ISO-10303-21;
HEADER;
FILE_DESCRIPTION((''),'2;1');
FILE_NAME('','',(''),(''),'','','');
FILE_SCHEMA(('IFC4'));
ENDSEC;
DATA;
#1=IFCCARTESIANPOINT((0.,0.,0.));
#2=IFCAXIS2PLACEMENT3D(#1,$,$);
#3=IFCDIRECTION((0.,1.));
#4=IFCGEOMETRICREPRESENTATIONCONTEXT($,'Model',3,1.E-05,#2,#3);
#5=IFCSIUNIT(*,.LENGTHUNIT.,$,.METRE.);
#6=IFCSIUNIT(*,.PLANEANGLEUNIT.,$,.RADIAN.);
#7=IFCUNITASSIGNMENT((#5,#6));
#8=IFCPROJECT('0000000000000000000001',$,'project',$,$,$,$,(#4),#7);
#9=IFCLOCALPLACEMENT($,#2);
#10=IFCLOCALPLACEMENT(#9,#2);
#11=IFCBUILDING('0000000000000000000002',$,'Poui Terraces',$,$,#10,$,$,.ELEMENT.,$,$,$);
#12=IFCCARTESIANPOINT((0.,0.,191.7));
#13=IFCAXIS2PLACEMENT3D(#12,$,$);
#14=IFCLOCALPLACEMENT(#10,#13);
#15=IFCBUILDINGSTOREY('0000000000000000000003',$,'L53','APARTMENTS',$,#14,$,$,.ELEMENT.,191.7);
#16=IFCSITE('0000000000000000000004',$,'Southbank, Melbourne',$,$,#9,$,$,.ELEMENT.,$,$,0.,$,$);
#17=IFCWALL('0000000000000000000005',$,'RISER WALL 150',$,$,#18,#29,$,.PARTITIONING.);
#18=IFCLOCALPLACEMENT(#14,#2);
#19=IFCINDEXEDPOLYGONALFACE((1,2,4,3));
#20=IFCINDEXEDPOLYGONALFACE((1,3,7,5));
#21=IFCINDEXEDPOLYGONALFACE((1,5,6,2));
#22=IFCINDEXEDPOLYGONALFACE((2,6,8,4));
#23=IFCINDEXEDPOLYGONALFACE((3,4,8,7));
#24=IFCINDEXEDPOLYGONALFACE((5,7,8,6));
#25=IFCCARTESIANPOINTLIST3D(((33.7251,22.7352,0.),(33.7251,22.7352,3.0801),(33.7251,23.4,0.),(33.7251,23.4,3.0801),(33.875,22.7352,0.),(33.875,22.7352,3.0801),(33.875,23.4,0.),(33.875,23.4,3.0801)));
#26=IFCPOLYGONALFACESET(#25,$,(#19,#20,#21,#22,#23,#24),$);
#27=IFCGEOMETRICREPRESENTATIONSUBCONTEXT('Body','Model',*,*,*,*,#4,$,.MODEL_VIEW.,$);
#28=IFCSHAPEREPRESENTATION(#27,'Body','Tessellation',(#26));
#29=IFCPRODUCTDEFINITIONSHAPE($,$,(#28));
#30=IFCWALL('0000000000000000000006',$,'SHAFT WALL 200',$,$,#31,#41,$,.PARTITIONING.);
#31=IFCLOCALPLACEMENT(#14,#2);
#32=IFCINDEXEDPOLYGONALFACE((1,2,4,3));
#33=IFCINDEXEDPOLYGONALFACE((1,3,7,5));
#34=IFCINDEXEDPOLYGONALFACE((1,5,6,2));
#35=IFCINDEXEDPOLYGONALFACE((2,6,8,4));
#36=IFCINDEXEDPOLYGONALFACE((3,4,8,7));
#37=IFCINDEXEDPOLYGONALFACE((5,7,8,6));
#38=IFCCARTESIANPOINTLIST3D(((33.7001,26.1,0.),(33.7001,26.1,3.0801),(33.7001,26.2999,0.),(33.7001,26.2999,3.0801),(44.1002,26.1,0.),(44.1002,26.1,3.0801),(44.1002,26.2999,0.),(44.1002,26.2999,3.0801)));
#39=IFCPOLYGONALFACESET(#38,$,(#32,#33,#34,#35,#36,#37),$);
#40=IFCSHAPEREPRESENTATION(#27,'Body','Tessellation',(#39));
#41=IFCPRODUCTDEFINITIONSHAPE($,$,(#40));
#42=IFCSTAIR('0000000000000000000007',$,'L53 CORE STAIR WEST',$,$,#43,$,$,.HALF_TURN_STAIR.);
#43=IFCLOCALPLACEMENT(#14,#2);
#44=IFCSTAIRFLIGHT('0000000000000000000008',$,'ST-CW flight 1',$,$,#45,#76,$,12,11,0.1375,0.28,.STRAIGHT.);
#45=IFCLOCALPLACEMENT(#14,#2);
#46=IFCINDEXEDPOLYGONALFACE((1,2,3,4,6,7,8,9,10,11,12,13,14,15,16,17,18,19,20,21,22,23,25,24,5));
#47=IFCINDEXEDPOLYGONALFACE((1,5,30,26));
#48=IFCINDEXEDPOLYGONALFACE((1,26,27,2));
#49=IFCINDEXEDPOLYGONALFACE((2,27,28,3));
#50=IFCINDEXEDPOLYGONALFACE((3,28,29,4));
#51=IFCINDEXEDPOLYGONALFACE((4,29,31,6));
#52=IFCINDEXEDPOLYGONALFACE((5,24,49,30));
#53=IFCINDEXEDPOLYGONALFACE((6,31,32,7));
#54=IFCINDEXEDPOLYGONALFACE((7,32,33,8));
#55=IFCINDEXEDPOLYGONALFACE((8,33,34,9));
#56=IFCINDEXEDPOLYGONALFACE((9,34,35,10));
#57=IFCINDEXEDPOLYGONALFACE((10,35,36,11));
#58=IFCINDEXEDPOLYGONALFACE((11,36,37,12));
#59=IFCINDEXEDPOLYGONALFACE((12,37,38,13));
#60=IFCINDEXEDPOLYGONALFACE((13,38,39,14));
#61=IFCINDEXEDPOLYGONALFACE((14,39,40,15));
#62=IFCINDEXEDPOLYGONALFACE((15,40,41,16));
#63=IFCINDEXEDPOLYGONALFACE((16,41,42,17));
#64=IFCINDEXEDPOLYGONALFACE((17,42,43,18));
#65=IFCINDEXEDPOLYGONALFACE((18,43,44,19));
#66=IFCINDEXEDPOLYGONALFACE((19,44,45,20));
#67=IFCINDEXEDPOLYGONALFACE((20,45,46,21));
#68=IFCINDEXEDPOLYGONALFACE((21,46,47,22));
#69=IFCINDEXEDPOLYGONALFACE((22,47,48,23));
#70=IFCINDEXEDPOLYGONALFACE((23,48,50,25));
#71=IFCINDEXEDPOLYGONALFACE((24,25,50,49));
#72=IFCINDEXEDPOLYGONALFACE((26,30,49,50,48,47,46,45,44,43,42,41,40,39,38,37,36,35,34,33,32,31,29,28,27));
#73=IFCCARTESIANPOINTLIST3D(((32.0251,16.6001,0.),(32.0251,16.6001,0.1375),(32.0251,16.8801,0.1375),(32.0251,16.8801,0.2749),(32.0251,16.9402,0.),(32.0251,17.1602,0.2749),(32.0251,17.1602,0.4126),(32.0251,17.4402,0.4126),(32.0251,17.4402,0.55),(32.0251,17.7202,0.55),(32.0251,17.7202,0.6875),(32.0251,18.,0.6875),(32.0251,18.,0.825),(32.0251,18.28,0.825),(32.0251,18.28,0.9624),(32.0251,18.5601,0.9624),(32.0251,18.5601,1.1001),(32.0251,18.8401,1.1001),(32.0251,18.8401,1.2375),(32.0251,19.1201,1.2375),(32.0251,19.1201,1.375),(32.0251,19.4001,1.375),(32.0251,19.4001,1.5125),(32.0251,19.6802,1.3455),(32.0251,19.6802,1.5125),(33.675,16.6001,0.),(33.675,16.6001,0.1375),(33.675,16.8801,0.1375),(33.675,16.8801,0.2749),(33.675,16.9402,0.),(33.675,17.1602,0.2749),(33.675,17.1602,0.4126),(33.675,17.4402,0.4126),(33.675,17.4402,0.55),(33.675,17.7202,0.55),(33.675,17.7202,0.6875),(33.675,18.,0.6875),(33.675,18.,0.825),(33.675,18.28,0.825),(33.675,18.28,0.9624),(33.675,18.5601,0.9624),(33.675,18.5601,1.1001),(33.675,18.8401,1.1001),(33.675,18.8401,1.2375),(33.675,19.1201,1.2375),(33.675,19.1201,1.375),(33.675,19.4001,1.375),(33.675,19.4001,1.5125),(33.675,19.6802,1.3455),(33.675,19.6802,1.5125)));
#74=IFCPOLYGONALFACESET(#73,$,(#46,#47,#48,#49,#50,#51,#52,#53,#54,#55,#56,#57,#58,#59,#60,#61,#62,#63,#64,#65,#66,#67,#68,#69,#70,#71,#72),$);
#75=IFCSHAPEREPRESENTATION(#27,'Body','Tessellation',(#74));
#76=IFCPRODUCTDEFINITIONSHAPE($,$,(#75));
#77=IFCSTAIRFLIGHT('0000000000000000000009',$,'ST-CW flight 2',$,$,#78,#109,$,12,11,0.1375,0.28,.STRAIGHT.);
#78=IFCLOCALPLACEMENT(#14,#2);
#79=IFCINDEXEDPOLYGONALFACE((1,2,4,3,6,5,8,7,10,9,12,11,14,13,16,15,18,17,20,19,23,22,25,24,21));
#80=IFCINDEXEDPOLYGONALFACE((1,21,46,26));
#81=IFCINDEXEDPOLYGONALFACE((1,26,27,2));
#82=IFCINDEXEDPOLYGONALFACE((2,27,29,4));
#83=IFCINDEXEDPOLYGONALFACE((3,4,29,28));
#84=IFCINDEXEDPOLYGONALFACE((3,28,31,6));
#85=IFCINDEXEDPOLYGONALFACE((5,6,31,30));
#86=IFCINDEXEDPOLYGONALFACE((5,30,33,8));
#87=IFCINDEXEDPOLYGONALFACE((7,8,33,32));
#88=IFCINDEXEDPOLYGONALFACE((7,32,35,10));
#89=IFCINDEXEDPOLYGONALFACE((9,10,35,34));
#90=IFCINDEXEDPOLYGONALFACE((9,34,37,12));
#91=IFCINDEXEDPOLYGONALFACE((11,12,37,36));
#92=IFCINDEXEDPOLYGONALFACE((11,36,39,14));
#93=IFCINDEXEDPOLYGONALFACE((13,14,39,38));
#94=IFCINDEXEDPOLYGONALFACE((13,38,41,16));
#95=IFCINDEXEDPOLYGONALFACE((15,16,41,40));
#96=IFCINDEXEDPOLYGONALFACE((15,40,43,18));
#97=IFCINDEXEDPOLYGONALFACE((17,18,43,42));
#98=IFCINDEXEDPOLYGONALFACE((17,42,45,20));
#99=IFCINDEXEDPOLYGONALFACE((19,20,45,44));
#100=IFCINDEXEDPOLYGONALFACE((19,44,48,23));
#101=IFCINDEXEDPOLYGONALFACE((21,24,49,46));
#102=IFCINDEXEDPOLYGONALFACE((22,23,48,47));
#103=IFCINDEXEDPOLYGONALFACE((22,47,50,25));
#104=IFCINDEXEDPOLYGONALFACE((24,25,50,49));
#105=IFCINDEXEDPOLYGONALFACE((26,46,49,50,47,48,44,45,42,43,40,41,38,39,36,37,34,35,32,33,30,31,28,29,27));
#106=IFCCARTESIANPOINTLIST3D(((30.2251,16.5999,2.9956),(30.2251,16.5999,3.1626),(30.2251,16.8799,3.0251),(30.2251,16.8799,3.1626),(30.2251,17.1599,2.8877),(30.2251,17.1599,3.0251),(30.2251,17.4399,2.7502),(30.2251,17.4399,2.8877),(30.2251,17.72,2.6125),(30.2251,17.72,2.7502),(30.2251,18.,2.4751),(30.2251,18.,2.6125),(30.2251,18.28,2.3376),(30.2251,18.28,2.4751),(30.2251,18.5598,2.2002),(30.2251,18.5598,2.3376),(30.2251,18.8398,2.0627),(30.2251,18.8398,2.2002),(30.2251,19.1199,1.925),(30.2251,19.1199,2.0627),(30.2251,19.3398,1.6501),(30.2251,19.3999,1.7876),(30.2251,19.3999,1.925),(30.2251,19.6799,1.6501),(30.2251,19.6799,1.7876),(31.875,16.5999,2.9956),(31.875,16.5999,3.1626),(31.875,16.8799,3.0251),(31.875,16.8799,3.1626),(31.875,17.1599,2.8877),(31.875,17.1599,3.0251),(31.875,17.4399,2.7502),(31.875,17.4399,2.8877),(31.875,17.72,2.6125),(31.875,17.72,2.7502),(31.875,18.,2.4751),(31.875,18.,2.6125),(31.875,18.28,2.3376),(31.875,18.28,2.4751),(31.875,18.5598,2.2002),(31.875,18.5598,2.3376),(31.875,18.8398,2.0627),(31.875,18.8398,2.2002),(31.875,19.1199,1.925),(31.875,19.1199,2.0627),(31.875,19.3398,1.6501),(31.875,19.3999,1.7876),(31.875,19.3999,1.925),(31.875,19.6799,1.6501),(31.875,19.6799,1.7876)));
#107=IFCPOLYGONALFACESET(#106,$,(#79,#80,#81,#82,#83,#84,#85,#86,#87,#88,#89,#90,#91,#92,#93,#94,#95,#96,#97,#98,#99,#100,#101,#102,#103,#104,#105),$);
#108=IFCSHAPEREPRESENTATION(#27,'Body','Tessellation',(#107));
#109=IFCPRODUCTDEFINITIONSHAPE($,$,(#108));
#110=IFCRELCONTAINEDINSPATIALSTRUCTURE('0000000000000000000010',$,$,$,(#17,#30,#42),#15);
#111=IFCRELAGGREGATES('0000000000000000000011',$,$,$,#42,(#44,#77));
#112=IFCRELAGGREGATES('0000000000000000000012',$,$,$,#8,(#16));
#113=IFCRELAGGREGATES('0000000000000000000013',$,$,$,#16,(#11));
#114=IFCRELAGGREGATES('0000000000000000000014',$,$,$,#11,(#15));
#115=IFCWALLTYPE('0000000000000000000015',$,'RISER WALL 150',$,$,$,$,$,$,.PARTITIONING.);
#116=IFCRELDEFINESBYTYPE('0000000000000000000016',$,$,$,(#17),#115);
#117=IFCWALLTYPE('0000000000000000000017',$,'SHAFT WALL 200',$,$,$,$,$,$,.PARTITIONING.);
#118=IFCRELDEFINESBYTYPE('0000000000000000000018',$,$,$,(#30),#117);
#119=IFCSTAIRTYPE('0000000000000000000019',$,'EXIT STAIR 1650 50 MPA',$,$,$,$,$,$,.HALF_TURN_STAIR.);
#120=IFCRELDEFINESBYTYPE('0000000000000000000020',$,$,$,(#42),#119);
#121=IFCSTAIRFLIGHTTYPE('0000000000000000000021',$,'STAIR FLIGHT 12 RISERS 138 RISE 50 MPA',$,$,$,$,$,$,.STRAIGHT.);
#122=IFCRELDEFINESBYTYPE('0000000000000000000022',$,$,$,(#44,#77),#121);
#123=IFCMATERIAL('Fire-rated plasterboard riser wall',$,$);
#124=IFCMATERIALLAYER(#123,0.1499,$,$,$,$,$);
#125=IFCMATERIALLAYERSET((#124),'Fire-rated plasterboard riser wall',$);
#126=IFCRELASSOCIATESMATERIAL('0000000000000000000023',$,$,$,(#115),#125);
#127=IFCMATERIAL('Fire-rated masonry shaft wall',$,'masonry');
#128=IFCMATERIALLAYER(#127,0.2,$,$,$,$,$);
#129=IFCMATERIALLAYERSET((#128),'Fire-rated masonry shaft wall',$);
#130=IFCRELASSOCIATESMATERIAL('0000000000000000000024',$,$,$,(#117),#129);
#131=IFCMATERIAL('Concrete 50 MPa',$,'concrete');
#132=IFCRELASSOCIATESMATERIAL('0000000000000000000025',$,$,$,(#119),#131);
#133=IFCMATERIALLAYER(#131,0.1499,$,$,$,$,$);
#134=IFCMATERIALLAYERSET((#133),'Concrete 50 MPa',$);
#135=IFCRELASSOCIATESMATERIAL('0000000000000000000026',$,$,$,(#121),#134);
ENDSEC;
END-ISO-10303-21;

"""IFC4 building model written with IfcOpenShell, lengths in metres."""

from ifc_helpers import new_model, si_unit, direction, frame, frame_2d, origin, place, context, subcontext, project, spatial, polyline, rectangle, outline, extrude, material, layer, layer_set, type_object, element, aggregate, save


model = new_model("IFC4")

# Units and contexts
model_context = context("Model", 3, precision=1e-05, world=origin(), true_north=direction((0.0, 1.0)))
body_context = subcontext(model_context, "Body", "Model", "MODEL_VIEW")
ifc_project = project(units=[si_unit("LENGTHUNIT", "METRE"), si_unit("PLANEANGLEUNIT", "RADIAN")], contexts=[model_context])

# Site, building, storey
site_placement = place(None, origin())
site = spatial("IfcSite", under=ifc_project, at=site_placement, Name="Southbank, Melbourne", CompositionType="ELEMENT", RefElevation=0.0)
building_placement = place(site_placement, origin())
building = spatial("IfcBuilding", under=site, at=building_placement, Name="Poui Terraces", CompositionType="ELEMENT")
storey_placement = place(building_placement, frame((0.0, 0.0, 191.7)))
storey = spatial("IfcBuildingStorey", under=building, at=storey_placement, Name="L53", Description="APARTMENTS", CompositionType="ELEMENT", Elevation=191.7)

# Walls
ifc_material_1 = material(Name="Fire-rated plasterboard riser wall")
ifc_layer_1 = layer(ifc_material_1, 0.1499)
ifc_layer_set_1 = layer_set([ifc_layer_1], Name="Fire-rated plasterboard riser wall")
wall_type_1 = type_object("IfcWallType", Name="RISER WALL 150", PredefinedType="PARTITIONING", material=ifc_layer_set_1)
wall_1_placement = place(storey_placement, frame((33.8, 22.7351, 0.0), z_axis=(0.0, 0.0, 1.0), x_axis=(0.0, 1.0, 0.0)))
element("IfcWall", 1, at=wall_1_placement, inside=storey, type_object=wall_type_1, Name="RISER WALL 150", PredefinedType="PARTITIONING", context=body_context, shape_type="SweptSolid", body=[
    extrude(rectangle(XDim=0.6648, YDim=0.1499, at=frame_2d((0.3325, 0.0))), origin(), (0.0, 0.0, 1.0), 3.0801),
])
ifc_material_2 = material(Name="Fire-rated masonry shaft wall", Category="masonry")
ifc_layer_2 = layer(ifc_material_2, 0.2)
ifc_layer_set_2 = layer_set([ifc_layer_2], Name="Fire-rated masonry shaft wall")
wall_type_2 = type_object("IfcWallType", Name="SHAFT WALL 200", PredefinedType="PARTITIONING", material=ifc_layer_set_2)
wall_2_placement = place(storey_placement, frame((33.7, 26.2, 0.0), z_axis=(0.0, 0.0, 1.0), x_axis=(1.0, 0.0, 0.0)))
element("IfcWall", 2, at=wall_2_placement, inside=storey, type_object=wall_type_2, Name="SHAFT WALL 200", PredefinedType="PARTITIONING", context=body_context, shape_type="SweptSolid", body=[
    extrude(rectangle(XDim=10.4001, YDim=0.2, at=frame_2d((5.2002, 0.0))), origin(), (0.0, 0.0, 1.0), 3.0801),
])

# Stair, stair flights
ifc_material_3 = material(Name="Concrete 50 MPa", Category="concrete")
stair_type = type_object("IfcStairType", Name="EXIT STAIR 1650 50 MPA", PredefinedType="HALF_TURN_STAIR", material=ifc_material_3)
stair_placement = place(storey_placement, origin())
stair = element("IfcStair", 3, at=stair_placement, inside=storey, type_object=stair_type, Name="L53 CORE STAIR WEST", PredefinedType="HALF_TURN_STAIR")
ifc_layer_3 = layer(ifc_material_3, 0.1499)
ifc_layer_set_3 = layer_set([ifc_layer_3], Name="Concrete 50 MPa")
stair_flight_type = type_object("IfcStairFlightType", Name="STAIR FLIGHT 12 RISERS 138 RISE 50 MPA", PredefinedType="STRAIGHT", material=ifc_layer_set_3)
stair_flight_1_placement = place(storey_placement, frame((32.8501, 16.6001, 0.0), z_axis=(0.0, 0.0, 1.0), x_axis=(0.0, 1.0, 0.0)))
stair_flight_1 = element("IfcStairFlight", 4, at=stair_flight_1_placement, type_object=stair_flight_type, Name="ST-CW flight 1", NumberOfRisers=12, NumberOfTreads=11, PredefinedType="STRAIGHT", RiserHeight=0.1375, TreadLength=0.28, context=body_context, shape_type="SweptSolid", body=[
    extrude(outline(polyline([(0.0, 0.0), (0.0, 0.1375), (0.28, 0.1375), (0.28, 0.2749), (0.5601, 0.2749), (0.5601, 0.4126), (0.8401, 0.4126), (0.8401, 0.55), (1.1201, 0.55), (1.1201, 0.6875), (1.3999, 0.6875), (1.3999, 0.825), (1.6799, 0.825), (1.6799, 0.9624), (1.96, 0.9624), (1.96, 1.1001), (2.24, 1.1001), (2.24, 1.2375), (2.52, 1.2375), (2.52, 1.375), (2.8, 1.375), (2.8, 1.5125), (3.0801, 1.5125), (3.0801, 1.6499), (3.0801, 1.3455), (0.3401, 0.0), (0.0, 0.0)])), frame((0.0, 0.825, 0.0), z_axis=(0.0, -1.0, 0.0), x_axis=(1.0, 0.0, 0.0)), (0.0, 0.0, 1.0), 1.6499),
])
stair_flight_2_placement = place(storey_placement, frame((31.05, 19.6799, 1.6501), z_axis=(0.0, 0.0, 1.0), x_axis=(0.0, -1.0, 0.0)))
stair_flight_2 = element("IfcStairFlight", 5, at=stair_flight_2_placement, type_object=stair_flight_type, Name="ST-CW flight 2", NumberOfRisers=12, NumberOfTreads=11, PredefinedType="STRAIGHT", RiserHeight=0.1375, TreadLength=0.28, context=body_context, shape_type="SweptSolid", body=[
    extrude(outline(polyline([(0.0, 0.0), (0.0, 0.1375), (0.28, 0.1375), (0.28, 0.2749), (0.5601, 0.2749), (0.5601, 0.4126), (0.8401, 0.4126), (0.8401, 0.55), (1.1201, 0.55), (1.1201, 0.6875), (1.3999, 0.6875), (1.3999, 0.825), (1.6799, 0.825), (1.6799, 0.9624), (1.96, 0.9624), (1.96, 1.1001), (2.24, 1.1001), (2.24, 1.2375), (2.52, 1.2375), (2.52, 1.375), (2.8, 1.375), (2.8, 1.5125), (3.0801, 1.5125), (3.0801, 1.6499), (3.0801, 1.3455), (0.3401, 0.0), (0.0, 0.0)])), frame((0.0, 0.825, 0.0), z_axis=(0.0, -1.0, 0.0), x_axis=(1.0, 0.0, 0.0)), (0.0, 0.0, 1.0), 1.6499),
])
aggregate(stair, [stair_flight_1, stair_flight_2])

save(model, "model.ifc")
